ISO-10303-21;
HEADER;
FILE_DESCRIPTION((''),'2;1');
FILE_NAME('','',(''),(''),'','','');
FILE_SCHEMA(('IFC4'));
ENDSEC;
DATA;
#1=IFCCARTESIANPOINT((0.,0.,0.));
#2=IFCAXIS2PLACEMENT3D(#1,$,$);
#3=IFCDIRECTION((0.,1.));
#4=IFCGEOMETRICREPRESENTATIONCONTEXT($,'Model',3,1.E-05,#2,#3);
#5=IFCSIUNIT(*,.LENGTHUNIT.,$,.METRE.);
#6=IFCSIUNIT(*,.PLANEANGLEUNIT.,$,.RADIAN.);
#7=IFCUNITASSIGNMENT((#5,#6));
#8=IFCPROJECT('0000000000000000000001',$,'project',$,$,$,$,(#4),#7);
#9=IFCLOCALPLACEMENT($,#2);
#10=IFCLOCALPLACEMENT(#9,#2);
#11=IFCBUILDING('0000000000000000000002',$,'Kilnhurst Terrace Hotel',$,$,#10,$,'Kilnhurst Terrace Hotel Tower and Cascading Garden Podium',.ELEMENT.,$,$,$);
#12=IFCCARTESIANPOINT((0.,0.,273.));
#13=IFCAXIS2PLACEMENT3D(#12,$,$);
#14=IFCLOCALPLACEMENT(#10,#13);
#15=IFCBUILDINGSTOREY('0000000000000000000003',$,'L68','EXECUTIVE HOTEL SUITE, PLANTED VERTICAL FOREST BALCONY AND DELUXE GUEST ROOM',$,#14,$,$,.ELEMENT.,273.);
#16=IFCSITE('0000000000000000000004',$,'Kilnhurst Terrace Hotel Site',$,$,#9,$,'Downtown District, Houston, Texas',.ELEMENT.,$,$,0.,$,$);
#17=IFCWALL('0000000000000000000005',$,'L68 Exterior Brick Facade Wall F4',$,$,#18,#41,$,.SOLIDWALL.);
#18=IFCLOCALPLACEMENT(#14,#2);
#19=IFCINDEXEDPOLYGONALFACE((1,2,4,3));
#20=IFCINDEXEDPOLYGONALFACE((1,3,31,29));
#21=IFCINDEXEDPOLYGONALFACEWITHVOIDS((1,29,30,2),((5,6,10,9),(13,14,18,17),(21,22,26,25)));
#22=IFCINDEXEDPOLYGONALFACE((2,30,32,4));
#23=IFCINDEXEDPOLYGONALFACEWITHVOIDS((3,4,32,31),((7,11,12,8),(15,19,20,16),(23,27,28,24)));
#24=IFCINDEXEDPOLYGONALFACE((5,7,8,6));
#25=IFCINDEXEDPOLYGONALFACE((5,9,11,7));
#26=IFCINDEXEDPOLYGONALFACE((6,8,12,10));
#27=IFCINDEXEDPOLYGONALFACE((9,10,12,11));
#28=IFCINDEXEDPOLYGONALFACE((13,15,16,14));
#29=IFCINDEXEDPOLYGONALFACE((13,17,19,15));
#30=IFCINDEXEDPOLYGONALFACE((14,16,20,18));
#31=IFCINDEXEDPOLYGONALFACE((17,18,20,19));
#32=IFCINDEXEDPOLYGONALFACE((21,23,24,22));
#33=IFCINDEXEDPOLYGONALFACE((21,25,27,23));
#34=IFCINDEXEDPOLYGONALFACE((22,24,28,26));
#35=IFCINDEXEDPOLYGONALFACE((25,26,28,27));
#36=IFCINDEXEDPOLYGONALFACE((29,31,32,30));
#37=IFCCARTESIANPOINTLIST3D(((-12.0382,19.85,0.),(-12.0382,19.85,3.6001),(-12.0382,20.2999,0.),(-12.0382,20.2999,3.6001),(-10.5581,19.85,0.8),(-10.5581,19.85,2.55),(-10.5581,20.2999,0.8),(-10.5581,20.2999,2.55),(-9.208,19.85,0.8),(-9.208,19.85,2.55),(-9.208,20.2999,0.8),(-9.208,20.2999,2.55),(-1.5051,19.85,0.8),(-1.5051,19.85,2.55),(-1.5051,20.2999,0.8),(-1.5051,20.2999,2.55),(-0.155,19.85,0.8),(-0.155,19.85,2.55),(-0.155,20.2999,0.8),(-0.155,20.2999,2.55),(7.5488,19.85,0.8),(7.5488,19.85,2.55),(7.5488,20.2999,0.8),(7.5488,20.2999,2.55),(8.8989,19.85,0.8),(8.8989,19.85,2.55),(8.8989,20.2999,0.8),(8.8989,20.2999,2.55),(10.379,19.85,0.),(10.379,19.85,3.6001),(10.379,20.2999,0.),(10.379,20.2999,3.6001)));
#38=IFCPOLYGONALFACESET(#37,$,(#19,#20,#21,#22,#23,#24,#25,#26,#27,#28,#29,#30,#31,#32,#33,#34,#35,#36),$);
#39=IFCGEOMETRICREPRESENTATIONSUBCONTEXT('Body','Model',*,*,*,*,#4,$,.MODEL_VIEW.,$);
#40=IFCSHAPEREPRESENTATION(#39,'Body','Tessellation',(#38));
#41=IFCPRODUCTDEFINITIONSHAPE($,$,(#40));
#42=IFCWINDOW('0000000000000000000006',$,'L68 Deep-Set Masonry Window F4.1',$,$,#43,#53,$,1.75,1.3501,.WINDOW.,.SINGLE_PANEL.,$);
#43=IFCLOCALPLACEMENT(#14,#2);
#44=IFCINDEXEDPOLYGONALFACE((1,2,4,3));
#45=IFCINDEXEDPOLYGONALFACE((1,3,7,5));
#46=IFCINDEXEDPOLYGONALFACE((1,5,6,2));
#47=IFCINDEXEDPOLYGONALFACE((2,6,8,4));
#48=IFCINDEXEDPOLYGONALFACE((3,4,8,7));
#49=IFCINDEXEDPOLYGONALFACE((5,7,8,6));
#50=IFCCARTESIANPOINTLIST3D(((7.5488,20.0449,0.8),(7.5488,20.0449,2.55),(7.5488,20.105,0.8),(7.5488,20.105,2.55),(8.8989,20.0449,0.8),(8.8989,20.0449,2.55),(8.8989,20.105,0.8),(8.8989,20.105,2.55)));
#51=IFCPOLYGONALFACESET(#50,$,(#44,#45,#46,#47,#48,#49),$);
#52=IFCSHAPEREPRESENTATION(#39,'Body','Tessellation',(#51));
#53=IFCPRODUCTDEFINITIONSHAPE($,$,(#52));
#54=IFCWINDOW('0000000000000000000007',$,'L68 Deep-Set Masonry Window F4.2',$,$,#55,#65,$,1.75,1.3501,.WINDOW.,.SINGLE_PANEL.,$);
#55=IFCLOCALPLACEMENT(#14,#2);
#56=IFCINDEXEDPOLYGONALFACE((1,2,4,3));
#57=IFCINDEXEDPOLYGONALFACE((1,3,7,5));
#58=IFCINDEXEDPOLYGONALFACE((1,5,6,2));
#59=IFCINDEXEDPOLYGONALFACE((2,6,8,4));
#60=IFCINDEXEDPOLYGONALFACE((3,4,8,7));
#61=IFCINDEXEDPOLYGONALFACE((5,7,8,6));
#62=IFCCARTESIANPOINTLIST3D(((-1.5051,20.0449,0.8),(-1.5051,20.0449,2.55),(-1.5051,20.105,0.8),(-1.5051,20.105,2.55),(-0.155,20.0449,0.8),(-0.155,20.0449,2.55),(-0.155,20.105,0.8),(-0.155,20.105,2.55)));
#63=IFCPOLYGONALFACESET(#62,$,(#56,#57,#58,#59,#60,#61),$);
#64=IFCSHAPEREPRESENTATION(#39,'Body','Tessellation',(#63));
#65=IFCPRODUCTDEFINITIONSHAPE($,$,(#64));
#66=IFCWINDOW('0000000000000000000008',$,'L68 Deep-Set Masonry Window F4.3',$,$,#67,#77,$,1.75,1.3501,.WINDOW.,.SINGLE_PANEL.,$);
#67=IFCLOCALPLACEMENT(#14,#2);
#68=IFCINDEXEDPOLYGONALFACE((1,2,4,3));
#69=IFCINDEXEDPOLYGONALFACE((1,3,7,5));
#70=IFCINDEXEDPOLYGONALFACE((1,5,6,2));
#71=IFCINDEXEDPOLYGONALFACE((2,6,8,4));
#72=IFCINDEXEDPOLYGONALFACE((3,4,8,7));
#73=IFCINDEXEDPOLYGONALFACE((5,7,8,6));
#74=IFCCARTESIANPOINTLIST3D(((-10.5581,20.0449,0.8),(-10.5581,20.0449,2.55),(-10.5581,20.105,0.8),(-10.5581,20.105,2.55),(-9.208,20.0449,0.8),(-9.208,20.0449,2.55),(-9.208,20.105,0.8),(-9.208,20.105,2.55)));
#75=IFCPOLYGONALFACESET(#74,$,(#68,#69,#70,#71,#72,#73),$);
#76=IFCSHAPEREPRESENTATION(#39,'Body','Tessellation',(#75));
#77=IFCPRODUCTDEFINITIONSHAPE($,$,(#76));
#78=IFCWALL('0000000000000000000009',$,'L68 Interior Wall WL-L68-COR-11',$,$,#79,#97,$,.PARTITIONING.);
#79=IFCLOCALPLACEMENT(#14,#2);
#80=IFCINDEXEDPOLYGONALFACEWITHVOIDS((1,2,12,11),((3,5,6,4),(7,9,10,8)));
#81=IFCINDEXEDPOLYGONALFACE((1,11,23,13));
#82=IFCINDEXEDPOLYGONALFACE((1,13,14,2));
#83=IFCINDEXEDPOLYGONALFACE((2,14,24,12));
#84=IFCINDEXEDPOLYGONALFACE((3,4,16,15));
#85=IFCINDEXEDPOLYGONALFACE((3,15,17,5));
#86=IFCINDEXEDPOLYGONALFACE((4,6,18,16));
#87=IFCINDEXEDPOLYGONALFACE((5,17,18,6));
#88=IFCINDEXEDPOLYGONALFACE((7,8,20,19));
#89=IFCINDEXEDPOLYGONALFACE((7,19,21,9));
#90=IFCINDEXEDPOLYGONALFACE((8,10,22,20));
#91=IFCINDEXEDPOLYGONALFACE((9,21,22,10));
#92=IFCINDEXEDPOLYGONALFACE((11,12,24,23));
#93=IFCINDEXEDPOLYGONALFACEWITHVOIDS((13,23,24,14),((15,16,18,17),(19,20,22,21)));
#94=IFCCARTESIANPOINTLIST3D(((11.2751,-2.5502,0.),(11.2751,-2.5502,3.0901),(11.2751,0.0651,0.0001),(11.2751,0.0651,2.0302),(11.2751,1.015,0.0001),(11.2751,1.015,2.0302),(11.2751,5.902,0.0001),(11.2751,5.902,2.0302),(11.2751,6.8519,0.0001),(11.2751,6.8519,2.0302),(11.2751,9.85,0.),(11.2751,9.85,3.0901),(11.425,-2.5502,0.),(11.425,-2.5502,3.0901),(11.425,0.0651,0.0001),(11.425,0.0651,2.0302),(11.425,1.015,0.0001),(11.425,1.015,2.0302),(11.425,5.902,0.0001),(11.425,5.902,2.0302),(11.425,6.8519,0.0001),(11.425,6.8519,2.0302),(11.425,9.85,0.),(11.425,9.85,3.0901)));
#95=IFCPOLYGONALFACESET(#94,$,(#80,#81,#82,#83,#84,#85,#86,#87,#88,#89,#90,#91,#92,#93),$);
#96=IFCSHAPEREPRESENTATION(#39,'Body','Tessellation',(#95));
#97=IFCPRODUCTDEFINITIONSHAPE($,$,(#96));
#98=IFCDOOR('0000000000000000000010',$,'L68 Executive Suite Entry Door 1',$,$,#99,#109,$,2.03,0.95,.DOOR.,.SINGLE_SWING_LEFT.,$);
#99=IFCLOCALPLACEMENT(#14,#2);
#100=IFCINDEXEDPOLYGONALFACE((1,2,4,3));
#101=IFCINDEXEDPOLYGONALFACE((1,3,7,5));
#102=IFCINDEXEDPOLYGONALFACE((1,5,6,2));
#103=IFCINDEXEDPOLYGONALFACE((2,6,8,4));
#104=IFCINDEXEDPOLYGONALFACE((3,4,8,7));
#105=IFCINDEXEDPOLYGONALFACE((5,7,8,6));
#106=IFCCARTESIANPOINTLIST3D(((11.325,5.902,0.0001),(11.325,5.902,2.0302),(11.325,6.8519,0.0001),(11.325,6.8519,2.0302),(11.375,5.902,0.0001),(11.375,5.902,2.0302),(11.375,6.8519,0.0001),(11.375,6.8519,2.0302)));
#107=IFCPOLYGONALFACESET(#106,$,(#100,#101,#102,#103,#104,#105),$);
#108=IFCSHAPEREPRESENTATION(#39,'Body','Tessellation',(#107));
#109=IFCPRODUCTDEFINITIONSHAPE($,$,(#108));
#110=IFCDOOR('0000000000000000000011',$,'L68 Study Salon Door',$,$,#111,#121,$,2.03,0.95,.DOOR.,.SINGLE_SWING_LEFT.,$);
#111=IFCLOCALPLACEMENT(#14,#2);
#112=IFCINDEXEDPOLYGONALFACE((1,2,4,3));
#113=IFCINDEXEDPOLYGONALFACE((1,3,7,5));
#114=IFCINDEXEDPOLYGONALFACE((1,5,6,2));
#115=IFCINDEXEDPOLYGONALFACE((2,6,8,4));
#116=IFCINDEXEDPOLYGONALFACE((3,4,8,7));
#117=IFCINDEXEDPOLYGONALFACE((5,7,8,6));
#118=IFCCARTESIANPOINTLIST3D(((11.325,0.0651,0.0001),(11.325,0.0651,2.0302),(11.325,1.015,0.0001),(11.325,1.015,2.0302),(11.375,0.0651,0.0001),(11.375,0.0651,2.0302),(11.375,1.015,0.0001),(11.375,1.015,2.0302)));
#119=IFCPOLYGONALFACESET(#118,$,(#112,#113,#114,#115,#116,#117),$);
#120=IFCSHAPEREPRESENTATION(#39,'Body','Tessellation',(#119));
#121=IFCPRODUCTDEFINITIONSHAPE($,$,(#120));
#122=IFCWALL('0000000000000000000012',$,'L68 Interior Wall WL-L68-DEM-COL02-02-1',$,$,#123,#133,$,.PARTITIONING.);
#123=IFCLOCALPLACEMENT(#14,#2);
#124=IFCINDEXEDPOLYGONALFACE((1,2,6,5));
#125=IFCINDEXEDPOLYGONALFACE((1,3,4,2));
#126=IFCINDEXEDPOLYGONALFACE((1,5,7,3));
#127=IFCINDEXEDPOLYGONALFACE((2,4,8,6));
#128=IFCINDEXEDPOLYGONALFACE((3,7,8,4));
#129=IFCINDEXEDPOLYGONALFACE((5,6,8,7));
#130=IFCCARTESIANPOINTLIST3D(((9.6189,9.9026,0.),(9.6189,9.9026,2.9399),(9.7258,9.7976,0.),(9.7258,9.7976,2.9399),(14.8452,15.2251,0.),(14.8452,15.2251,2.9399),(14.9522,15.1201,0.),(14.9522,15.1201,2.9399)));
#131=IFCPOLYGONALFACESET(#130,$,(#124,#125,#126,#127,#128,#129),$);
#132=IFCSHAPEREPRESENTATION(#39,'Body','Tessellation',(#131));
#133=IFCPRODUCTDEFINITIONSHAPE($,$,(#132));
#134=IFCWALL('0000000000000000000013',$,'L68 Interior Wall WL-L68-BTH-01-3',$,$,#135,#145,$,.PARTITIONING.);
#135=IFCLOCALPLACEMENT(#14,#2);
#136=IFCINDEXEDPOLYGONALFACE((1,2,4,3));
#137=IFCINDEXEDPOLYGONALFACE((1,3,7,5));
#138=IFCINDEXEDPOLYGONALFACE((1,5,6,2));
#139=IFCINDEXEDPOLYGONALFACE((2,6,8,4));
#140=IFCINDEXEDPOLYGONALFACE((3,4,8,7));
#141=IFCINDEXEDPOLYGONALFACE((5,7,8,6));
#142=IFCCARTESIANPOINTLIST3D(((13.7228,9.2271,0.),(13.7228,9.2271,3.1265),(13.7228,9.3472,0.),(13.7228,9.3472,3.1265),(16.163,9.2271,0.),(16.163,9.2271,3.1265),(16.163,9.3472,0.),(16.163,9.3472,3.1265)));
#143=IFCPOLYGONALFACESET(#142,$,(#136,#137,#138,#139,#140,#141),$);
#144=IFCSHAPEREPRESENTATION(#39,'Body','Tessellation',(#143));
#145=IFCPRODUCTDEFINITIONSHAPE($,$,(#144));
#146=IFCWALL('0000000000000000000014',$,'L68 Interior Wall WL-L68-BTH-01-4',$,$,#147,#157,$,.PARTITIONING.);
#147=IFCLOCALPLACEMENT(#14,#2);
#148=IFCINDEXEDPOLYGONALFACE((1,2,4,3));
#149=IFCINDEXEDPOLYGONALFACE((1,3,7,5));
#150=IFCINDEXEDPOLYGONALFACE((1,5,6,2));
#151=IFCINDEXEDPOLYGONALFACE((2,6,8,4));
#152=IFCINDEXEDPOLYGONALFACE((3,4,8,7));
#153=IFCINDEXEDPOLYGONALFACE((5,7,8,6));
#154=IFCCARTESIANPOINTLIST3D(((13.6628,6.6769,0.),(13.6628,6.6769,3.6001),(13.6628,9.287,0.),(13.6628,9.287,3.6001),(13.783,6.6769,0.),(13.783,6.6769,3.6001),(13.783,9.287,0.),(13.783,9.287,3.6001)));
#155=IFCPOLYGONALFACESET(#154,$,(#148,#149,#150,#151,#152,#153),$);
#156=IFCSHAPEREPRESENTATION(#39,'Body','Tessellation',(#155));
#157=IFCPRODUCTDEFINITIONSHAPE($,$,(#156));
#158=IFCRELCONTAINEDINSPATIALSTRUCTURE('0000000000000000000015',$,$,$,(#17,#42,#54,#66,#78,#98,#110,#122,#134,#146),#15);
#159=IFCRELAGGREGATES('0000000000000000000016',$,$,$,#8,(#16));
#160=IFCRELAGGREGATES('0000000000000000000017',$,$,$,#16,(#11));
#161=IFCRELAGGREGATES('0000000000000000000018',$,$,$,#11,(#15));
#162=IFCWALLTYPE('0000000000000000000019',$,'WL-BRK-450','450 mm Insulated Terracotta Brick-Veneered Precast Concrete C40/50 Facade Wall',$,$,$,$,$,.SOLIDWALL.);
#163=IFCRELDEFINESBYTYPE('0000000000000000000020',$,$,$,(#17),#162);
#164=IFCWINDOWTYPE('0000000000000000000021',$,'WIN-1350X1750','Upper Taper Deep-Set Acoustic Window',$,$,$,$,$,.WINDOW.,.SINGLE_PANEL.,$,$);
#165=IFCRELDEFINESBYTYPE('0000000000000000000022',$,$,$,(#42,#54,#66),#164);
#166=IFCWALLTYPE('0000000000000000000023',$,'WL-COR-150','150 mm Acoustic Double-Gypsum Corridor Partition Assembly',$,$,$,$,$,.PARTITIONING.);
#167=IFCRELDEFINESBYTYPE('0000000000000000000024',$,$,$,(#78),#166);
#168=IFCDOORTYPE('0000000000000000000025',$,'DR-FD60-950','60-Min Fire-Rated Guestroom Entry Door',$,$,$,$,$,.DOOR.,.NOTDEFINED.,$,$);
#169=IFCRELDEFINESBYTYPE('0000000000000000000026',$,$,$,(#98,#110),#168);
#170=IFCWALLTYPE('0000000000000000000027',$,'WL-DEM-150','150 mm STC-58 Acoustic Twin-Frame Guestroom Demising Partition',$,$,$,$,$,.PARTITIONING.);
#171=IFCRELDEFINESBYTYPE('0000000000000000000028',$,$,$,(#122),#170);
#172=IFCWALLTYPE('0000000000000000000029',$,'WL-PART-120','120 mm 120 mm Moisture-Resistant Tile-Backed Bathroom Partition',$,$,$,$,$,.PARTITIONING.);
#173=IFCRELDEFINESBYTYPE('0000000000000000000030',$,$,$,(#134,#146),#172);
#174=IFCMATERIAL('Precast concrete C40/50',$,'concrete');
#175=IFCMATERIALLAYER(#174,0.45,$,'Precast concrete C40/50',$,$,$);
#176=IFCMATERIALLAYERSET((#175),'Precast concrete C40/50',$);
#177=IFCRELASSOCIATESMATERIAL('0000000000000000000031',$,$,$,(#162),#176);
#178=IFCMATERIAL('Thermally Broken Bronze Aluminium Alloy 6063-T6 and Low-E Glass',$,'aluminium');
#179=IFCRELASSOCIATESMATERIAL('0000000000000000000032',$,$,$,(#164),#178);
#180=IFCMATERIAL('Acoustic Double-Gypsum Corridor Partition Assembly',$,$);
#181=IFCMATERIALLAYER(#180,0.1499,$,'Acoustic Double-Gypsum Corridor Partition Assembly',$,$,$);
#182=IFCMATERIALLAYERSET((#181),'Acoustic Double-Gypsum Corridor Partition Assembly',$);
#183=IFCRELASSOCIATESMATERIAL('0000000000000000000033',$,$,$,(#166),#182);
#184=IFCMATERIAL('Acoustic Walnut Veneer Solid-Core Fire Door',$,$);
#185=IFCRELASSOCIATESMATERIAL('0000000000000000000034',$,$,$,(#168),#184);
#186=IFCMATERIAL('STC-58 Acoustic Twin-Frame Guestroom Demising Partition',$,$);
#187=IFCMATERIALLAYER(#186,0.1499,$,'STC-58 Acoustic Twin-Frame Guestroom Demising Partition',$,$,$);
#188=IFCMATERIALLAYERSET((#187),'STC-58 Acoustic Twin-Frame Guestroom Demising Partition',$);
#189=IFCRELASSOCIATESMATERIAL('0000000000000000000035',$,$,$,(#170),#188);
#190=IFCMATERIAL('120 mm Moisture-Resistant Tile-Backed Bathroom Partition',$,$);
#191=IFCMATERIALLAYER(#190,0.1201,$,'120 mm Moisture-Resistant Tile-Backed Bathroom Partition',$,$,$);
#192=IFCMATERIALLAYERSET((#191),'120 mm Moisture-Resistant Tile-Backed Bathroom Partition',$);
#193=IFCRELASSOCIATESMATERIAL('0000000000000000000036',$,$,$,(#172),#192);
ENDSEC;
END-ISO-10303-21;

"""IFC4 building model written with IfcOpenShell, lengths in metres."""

from ifc_helpers import new_model, si_unit, direction, frame, frame_2d, origin, place, context, subcontext, project, spatial, rectangle, extrude, material, layer, layer_set, type_object, element, fill, save


model = new_model("IFC4")

# Units and contexts
model_context = context("Model", 3, precision=1e-05, world=origin(), true_north=direction((0.0, 1.0)))
body_context = subcontext(model_context, "Body", "Model", "MODEL_VIEW")
ifc_project = project(units=[si_unit("LENGTHUNIT", "METRE"), si_unit("PLANEANGLEUNIT", "RADIAN")], contexts=[model_context])

# Site, building, storey
site_placement = place(None, origin())
site = spatial("IfcSite", under=ifc_project, at=site_placement, Name="Kilnhurst Terrace Hotel Site", LongName="Downtown District, Houston, Texas", CompositionType="ELEMENT", RefElevation=0.0)
building_placement = place(site_placement, origin())
building = spatial("IfcBuilding", under=site, at=building_placement, Name="Kilnhurst Terrace Hotel", LongName="Kilnhurst Terrace Hotel Tower and Cascading Garden Podium", CompositionType="ELEMENT")
storey_placement = place(building_placement, frame((0.0, 0.0, 273.0)))
storey = spatial("IfcBuildingStorey", under=building, at=storey_placement, Name="L68", Description="EXECUTIVE HOTEL SUITE, PLANTED VERTICAL FOREST BALCONY AND DELUXE GUEST ROOM", CompositionType="ELEMENT", Elevation=273.0)

# Shared definitions
ifc_material_1 = material(Name="Precast concrete C40/50", Category="concrete")
ifc_layer_1 = layer(ifc_material_1, 0.45, Name="Precast concrete C40/50")
ifc_layer_set_1 = layer_set([ifc_layer_1], Name="Precast concrete C40/50")
wall_type_1 = type_object("IfcWallType", Name="WL-BRK-450", Description="450 mm Insulated Terracotta Brick-Veneered Precast Concrete C40/50 Facade Wall", PredefinedType="SOLIDWALL", material=ifc_layer_set_1)

# Wall, openings, windows
wall_1_placement = place(storey_placement, frame((10.3789, 20.075, 0.0), z_axis=(0.0, 0.0, 1.0), x_axis=(-1.0, 0.0, 0.0)))
wall_1 = element("IfcWall", 1, at=wall_1_placement, inside=storey, type_object=wall_type_1, Name="L68 Exterior Brick Facade Wall F4", PredefinedType="SOLIDWALL", context=body_context, shape_type="SweptSolid", body=[
    extrude(rectangle(XDim=22.4172, YDim=0.45, at=frame_2d((11.2085, 0.0))), origin(), (0.0, 0.0, 1.0), 3.6001),
])
opening_1_placement = place(wall_1_placement, frame((1.48, 0.0, 0.8)))
opening_1 = element("IfcOpeningElement", 2, at=opening_1_placement, cuts=wall_1, PredefinedType="OPENING", context=body_context, shape_type="SweptSolid", body=[
    extrude(rectangle(XDim=1.3501, YDim=1.75, at=frame_2d((0.675, 0.875))), frame((0.0, 0.2349, 0.0), z_axis=(0.0, -1.0, 0.0), x_axis=(1.0, 0.0, 0.0)), (0.0, 0.0, 1.0), 0.47),
])
opening_2_placement = place(wall_1_placement, frame((10.5339, 0.0, 0.8)))
opening_2 = element("IfcOpeningElement", 3, at=opening_2_placement, cuts=wall_1, PredefinedType="OPENING", context=body_context, shape_type="SweptSolid", body=[
    extrude(rectangle(XDim=1.3501, YDim=1.75, at=frame_2d((0.675, 0.875))), frame((0.0, 0.2349, 0.0), z_axis=(0.0, -1.0, 0.0), x_axis=(1.0, 0.0, 0.0)), (0.0, 0.0, 1.0), 0.47),
])
opening_3_placement = place(wall_1_placement, frame((19.5869, 0.0, 0.8)))
opening_3 = element("IfcOpeningElement", 4, at=opening_3_placement, cuts=wall_1, PredefinedType="OPENING", context=body_context, shape_type="SweptSolid", body=[
    extrude(rectangle(XDim=1.3501, YDim=1.75, at=frame_2d((0.675, 0.875))), frame((0.0, 0.2349, 0.0), z_axis=(0.0, -1.0, 0.0), x_axis=(1.0, 0.0, 0.0)), (0.0, 0.0, 1.0), 0.47),
])
ifc_material_2 = material(Name="Thermally Broken Bronze Aluminium Alloy 6063-T6 and Low-E Glass", Category="aluminium")
window_type = type_object("IfcWindowType", Name="WIN-1350X1750", Description="Upper Taper Deep-Set Acoustic Window", PartitioningType="SINGLE_PANEL", PredefinedType="WINDOW", material=ifc_material_2)
window_1_placement = place(opening_1_placement, origin())
window_1 = element("IfcWindow", 5, at=window_1_placement, inside=storey, type_object=window_type, Name="L68 Deep-Set Masonry Window F4.1", OverallHeight=1.75, OverallWidth=1.3501, PartitioningType="SINGLE_PANEL", PredefinedType="WINDOW", context=body_context, shape_type="SweptSolid", body=[
    extrude(rectangle(XDim=1.3501, YDim=1.75, at=frame_2d((0.675, 0.875))), frame((0.0, 0.03, 0.0), z_axis=(0.0, -1.0, 0.0), x_axis=(1.0, 0.0, 0.0)), (0.0, 0.0, 1.0), 0.0601),
])
fill(opening_1, window_1)
window_2_placement = place(opening_2_placement, origin())
window_2 = element("IfcWindow", 6, at=window_2_placement, inside=storey, type_object=window_type, Name="L68 Deep-Set Masonry Window F4.2", OverallHeight=1.75, OverallWidth=1.3501, PartitioningType="SINGLE_PANEL", PredefinedType="WINDOW", context=body_context, shape_type="SweptSolid", body=[
    extrude(rectangle(XDim=1.3501, YDim=1.75, at=frame_2d((0.675, 0.875))), frame((0.0, 0.03, 0.0), z_axis=(0.0, -1.0, 0.0), x_axis=(1.0, 0.0, 0.0)), (0.0, 0.0, 1.0), 0.0601),
])
fill(opening_2, window_2)
window_3_placement = place(opening_3_placement, origin())
window_3 = element("IfcWindow", 7, at=window_3_placement, inside=storey, type_object=window_type, Name="L68 Deep-Set Masonry Window F4.3", OverallHeight=1.75, OverallWidth=1.3501, PartitioningType="SINGLE_PANEL", PredefinedType="WINDOW", context=body_context, shape_type="SweptSolid", body=[
    extrude(rectangle(XDim=1.3501, YDim=1.75, at=frame_2d((0.675, 0.875))), frame((0.0, 0.03, 0.0), z_axis=(0.0, -1.0, 0.0), x_axis=(1.0, 0.0, 0.0)), (0.0, 0.0, 1.0), 0.0601),
])
fill(opening_3, window_3)

# Wall, openings, doors
ifc_material_3 = material(Name="Acoustic Double-Gypsum Corridor Partition Assembly")
ifc_layer_2 = layer(ifc_material_3, 0.1499, Name="Acoustic Double-Gypsum Corridor Partition Assembly")
ifc_layer_set_2 = layer_set([ifc_layer_2], Name="Acoustic Double-Gypsum Corridor Partition Assembly")
wall_type_2 = type_object("IfcWallType", Name="WL-COR-150", Description="150 mm Acoustic Double-Gypsum Corridor Partition Assembly", PredefinedType="PARTITIONING", material=ifc_layer_set_2)
wall_2_placement = place(storey_placement, frame((11.3501, 9.8501, 0.0), z_axis=(0.0, 0.0, 1.0), x_axis=(0.0, -1.0, 0.0)))
wall_2 = element("IfcWall", 8, at=wall_2_placement, inside=storey, type_object=wall_type_2, Name="L68 Interior Wall WL-L68-COR-11", PredefinedType="PARTITIONING", context=body_context, shape_type="SweptSolid", body=[
    extrude(rectangle(XDim=12.4001, YDim=0.1499, at=frame_2d((6.2002, 0.0))), origin(), (0.0, 0.0, 1.0), 3.0901),
])
opening_4_placement = place(wall_2_placement, frame((2.998, 0.0, 0.0)))
opening_4 = element("IfcOpeningElement", 9, at=opening_4_placement, cuts=wall_2, PredefinedType="OPENING", context=body_context, shape_type="SweptSolid", body=[
    extrude(rectangle(XDim=0.95, YDim=2.03, at=frame_2d((0.4751, 1.0151))), frame((0.0, 0.085, 0.0), z_axis=(0.0, -1.0, 0.0), x_axis=(1.0, 0.0, 0.0)), (0.0, 0.0, 1.0), 0.1699),
])
opening_5_placement = place(wall_2_placement, frame((8.835, 0.0, 0.0)))
opening_5 = element("IfcOpeningElement", 10, at=opening_5_placement, cuts=wall_2, PredefinedType="OPENING", context=body_context, shape_type="SweptSolid", body=[
    extrude(rectangle(XDim=0.95, YDim=2.03, at=frame_2d((0.4751, 1.0151))), frame((0.0, 0.085, 0.0), z_axis=(0.0, -1.0, 0.0), x_axis=(1.0, 0.0, 0.0)), (0.0, 0.0, 1.0), 0.1699),
])
ifc_material_4 = material(Name="Acoustic Walnut Veneer Solid-Core Fire Door")
door_type = type_object("IfcDoorType", Name="DR-FD60-950", Description="60-Min Fire-Rated Guestroom Entry Door", OperationType="NOTDEFINED", PredefinedType="DOOR", material=ifc_material_4)
door_1_placement = place(opening_4_placement, origin())
door_1 = element("IfcDoor", 11, at=door_1_placement, inside=storey, type_object=door_type, Name="L68 Executive Suite Entry Door 1", OperationType="SINGLE_SWING_LEFT", OverallHeight=2.03, OverallWidth=0.95, PredefinedType="DOOR", context=body_context, shape_type="SweptSolid", body=[
    extrude(rectangle(XDim=0.95, YDim=2.03, at=frame_2d((0.4751, 1.0151))), frame((0.0, 0.0249, 0.0), z_axis=(0.0, -1.0, 0.0), x_axis=(1.0, 0.0, 0.0)), (0.0, 0.0, 1.0), 0.05),
])
fill(opening_4, door_1)
door_2_placement = place(opening_5_placement, origin())
door_2 = element("IfcDoor", 12, at=door_2_placement, inside=storey, type_object=door_type, Name="L68 Study Salon Door", OperationType="SINGLE_SWING_LEFT", OverallHeight=2.03, OverallWidth=0.95, PredefinedType="DOOR", context=body_context, shape_type="SweptSolid", body=[
    extrude(rectangle(XDim=0.95, YDim=2.03, at=frame_2d((0.4751, 1.0151))), frame((0.0, 0.0249, 0.0), z_axis=(0.0, -1.0, 0.0), x_axis=(1.0, 0.0, 0.0)), (0.0, 0.0, 1.0), 0.05),
])
fill(opening_5, door_2)

# Walls
ifc_material_5 = material(Name="STC-58 Acoustic Twin-Frame Guestroom Demising Partition")
ifc_layer_3 = layer(ifc_material_5, 0.1499, Name="STC-58 Acoustic Twin-Frame Guestroom Demising Partition")
ifc_layer_set_3 = layer_set([ifc_layer_3], Name="STC-58 Acoustic Twin-Frame Guestroom Demising Partition")
wall_type_3 = type_object("IfcWallType", Name="WL-DEM-150", Description="150 mm STC-58 Acoustic Twin-Frame Guestroom Demising Partition", PredefinedType="PARTITIONING", material=ifc_layer_set_3)
wall_3_placement = place(storey_placement, frame((9.6724, 9.8501, 0.0), z_axis=(0.0, 0.0, 1.0), x_axis=(0.70063, 0.713525, 0.0)))
element("IfcWall", 13, at=wall_3_placement, inside=storey, type_object=wall_type_3, Name="L68 Interior Wall WL-L68-DEM-COL02-02-1", PredefinedType="PARTITIONING", context=body_context, shape_type="SweptSolid", body=[
    extrude(rectangle(XDim=7.4595, YDim=0.1499, at=frame_2d((3.7297, 0.0))), origin(), (0.0, 0.0, 1.0), 2.9399),
])
ifc_material_6 = material(Name="120 mm Moisture-Resistant Tile-Backed Bathroom Partition")
ifc_layer_4 = layer(ifc_material_6, 0.1201, Name="120 mm Moisture-Resistant Tile-Backed Bathroom Partition")
ifc_layer_set_4 = layer_set([ifc_layer_4], Name="120 mm Moisture-Resistant Tile-Backed Bathroom Partition")
wall_type_4 = type_object("IfcWallType", Name="WL-PART-120", Description="120 mm 120 mm Moisture-Resistant Tile-Backed Bathroom Partition", PredefinedType="PARTITIONING", material=ifc_layer_set_4)
wall_4_placement = place(storey_placement, frame((16.1631, 9.2871, 0.0), z_axis=(0.0, 0.0, 1.0), x_axis=(-1.0, 0.0, 0.0)))
element("IfcWall", 14, at=wall_4_placement, inside=storey, type_object=wall_type_4, Name="L68 Interior Wall WL-L68-BTH-01-3", PredefinedType="PARTITIONING", context=body_context, shape_type="SweptSolid", body=[
    extrude(rectangle(XDim=2.4402, YDim=0.1201, at=frame_2d((1.2202, 0.0))), origin(), (0.0, 0.0, 1.0), 3.1265),
])
wall_5_placement = place(storey_placement, frame((13.7229, 9.2871, 0.0), z_axis=(0.0, 0.0, 1.0), x_axis=(0.0, -1.0, 0.0)))
element("IfcWall", 15, at=wall_5_placement, inside=storey, type_object=wall_type_4, Name="L68 Interior Wall WL-L68-BTH-01-4", PredefinedType="PARTITIONING", context=body_context, shape_type="SweptSolid", body=[
    extrude(rectangle(XDim=2.6101, YDim=0.1201, at=frame_2d((1.3052, 0.0))), origin(), (0.0, 0.0, 1.0), 3.6001),
])

save(model, "model.ifc")
